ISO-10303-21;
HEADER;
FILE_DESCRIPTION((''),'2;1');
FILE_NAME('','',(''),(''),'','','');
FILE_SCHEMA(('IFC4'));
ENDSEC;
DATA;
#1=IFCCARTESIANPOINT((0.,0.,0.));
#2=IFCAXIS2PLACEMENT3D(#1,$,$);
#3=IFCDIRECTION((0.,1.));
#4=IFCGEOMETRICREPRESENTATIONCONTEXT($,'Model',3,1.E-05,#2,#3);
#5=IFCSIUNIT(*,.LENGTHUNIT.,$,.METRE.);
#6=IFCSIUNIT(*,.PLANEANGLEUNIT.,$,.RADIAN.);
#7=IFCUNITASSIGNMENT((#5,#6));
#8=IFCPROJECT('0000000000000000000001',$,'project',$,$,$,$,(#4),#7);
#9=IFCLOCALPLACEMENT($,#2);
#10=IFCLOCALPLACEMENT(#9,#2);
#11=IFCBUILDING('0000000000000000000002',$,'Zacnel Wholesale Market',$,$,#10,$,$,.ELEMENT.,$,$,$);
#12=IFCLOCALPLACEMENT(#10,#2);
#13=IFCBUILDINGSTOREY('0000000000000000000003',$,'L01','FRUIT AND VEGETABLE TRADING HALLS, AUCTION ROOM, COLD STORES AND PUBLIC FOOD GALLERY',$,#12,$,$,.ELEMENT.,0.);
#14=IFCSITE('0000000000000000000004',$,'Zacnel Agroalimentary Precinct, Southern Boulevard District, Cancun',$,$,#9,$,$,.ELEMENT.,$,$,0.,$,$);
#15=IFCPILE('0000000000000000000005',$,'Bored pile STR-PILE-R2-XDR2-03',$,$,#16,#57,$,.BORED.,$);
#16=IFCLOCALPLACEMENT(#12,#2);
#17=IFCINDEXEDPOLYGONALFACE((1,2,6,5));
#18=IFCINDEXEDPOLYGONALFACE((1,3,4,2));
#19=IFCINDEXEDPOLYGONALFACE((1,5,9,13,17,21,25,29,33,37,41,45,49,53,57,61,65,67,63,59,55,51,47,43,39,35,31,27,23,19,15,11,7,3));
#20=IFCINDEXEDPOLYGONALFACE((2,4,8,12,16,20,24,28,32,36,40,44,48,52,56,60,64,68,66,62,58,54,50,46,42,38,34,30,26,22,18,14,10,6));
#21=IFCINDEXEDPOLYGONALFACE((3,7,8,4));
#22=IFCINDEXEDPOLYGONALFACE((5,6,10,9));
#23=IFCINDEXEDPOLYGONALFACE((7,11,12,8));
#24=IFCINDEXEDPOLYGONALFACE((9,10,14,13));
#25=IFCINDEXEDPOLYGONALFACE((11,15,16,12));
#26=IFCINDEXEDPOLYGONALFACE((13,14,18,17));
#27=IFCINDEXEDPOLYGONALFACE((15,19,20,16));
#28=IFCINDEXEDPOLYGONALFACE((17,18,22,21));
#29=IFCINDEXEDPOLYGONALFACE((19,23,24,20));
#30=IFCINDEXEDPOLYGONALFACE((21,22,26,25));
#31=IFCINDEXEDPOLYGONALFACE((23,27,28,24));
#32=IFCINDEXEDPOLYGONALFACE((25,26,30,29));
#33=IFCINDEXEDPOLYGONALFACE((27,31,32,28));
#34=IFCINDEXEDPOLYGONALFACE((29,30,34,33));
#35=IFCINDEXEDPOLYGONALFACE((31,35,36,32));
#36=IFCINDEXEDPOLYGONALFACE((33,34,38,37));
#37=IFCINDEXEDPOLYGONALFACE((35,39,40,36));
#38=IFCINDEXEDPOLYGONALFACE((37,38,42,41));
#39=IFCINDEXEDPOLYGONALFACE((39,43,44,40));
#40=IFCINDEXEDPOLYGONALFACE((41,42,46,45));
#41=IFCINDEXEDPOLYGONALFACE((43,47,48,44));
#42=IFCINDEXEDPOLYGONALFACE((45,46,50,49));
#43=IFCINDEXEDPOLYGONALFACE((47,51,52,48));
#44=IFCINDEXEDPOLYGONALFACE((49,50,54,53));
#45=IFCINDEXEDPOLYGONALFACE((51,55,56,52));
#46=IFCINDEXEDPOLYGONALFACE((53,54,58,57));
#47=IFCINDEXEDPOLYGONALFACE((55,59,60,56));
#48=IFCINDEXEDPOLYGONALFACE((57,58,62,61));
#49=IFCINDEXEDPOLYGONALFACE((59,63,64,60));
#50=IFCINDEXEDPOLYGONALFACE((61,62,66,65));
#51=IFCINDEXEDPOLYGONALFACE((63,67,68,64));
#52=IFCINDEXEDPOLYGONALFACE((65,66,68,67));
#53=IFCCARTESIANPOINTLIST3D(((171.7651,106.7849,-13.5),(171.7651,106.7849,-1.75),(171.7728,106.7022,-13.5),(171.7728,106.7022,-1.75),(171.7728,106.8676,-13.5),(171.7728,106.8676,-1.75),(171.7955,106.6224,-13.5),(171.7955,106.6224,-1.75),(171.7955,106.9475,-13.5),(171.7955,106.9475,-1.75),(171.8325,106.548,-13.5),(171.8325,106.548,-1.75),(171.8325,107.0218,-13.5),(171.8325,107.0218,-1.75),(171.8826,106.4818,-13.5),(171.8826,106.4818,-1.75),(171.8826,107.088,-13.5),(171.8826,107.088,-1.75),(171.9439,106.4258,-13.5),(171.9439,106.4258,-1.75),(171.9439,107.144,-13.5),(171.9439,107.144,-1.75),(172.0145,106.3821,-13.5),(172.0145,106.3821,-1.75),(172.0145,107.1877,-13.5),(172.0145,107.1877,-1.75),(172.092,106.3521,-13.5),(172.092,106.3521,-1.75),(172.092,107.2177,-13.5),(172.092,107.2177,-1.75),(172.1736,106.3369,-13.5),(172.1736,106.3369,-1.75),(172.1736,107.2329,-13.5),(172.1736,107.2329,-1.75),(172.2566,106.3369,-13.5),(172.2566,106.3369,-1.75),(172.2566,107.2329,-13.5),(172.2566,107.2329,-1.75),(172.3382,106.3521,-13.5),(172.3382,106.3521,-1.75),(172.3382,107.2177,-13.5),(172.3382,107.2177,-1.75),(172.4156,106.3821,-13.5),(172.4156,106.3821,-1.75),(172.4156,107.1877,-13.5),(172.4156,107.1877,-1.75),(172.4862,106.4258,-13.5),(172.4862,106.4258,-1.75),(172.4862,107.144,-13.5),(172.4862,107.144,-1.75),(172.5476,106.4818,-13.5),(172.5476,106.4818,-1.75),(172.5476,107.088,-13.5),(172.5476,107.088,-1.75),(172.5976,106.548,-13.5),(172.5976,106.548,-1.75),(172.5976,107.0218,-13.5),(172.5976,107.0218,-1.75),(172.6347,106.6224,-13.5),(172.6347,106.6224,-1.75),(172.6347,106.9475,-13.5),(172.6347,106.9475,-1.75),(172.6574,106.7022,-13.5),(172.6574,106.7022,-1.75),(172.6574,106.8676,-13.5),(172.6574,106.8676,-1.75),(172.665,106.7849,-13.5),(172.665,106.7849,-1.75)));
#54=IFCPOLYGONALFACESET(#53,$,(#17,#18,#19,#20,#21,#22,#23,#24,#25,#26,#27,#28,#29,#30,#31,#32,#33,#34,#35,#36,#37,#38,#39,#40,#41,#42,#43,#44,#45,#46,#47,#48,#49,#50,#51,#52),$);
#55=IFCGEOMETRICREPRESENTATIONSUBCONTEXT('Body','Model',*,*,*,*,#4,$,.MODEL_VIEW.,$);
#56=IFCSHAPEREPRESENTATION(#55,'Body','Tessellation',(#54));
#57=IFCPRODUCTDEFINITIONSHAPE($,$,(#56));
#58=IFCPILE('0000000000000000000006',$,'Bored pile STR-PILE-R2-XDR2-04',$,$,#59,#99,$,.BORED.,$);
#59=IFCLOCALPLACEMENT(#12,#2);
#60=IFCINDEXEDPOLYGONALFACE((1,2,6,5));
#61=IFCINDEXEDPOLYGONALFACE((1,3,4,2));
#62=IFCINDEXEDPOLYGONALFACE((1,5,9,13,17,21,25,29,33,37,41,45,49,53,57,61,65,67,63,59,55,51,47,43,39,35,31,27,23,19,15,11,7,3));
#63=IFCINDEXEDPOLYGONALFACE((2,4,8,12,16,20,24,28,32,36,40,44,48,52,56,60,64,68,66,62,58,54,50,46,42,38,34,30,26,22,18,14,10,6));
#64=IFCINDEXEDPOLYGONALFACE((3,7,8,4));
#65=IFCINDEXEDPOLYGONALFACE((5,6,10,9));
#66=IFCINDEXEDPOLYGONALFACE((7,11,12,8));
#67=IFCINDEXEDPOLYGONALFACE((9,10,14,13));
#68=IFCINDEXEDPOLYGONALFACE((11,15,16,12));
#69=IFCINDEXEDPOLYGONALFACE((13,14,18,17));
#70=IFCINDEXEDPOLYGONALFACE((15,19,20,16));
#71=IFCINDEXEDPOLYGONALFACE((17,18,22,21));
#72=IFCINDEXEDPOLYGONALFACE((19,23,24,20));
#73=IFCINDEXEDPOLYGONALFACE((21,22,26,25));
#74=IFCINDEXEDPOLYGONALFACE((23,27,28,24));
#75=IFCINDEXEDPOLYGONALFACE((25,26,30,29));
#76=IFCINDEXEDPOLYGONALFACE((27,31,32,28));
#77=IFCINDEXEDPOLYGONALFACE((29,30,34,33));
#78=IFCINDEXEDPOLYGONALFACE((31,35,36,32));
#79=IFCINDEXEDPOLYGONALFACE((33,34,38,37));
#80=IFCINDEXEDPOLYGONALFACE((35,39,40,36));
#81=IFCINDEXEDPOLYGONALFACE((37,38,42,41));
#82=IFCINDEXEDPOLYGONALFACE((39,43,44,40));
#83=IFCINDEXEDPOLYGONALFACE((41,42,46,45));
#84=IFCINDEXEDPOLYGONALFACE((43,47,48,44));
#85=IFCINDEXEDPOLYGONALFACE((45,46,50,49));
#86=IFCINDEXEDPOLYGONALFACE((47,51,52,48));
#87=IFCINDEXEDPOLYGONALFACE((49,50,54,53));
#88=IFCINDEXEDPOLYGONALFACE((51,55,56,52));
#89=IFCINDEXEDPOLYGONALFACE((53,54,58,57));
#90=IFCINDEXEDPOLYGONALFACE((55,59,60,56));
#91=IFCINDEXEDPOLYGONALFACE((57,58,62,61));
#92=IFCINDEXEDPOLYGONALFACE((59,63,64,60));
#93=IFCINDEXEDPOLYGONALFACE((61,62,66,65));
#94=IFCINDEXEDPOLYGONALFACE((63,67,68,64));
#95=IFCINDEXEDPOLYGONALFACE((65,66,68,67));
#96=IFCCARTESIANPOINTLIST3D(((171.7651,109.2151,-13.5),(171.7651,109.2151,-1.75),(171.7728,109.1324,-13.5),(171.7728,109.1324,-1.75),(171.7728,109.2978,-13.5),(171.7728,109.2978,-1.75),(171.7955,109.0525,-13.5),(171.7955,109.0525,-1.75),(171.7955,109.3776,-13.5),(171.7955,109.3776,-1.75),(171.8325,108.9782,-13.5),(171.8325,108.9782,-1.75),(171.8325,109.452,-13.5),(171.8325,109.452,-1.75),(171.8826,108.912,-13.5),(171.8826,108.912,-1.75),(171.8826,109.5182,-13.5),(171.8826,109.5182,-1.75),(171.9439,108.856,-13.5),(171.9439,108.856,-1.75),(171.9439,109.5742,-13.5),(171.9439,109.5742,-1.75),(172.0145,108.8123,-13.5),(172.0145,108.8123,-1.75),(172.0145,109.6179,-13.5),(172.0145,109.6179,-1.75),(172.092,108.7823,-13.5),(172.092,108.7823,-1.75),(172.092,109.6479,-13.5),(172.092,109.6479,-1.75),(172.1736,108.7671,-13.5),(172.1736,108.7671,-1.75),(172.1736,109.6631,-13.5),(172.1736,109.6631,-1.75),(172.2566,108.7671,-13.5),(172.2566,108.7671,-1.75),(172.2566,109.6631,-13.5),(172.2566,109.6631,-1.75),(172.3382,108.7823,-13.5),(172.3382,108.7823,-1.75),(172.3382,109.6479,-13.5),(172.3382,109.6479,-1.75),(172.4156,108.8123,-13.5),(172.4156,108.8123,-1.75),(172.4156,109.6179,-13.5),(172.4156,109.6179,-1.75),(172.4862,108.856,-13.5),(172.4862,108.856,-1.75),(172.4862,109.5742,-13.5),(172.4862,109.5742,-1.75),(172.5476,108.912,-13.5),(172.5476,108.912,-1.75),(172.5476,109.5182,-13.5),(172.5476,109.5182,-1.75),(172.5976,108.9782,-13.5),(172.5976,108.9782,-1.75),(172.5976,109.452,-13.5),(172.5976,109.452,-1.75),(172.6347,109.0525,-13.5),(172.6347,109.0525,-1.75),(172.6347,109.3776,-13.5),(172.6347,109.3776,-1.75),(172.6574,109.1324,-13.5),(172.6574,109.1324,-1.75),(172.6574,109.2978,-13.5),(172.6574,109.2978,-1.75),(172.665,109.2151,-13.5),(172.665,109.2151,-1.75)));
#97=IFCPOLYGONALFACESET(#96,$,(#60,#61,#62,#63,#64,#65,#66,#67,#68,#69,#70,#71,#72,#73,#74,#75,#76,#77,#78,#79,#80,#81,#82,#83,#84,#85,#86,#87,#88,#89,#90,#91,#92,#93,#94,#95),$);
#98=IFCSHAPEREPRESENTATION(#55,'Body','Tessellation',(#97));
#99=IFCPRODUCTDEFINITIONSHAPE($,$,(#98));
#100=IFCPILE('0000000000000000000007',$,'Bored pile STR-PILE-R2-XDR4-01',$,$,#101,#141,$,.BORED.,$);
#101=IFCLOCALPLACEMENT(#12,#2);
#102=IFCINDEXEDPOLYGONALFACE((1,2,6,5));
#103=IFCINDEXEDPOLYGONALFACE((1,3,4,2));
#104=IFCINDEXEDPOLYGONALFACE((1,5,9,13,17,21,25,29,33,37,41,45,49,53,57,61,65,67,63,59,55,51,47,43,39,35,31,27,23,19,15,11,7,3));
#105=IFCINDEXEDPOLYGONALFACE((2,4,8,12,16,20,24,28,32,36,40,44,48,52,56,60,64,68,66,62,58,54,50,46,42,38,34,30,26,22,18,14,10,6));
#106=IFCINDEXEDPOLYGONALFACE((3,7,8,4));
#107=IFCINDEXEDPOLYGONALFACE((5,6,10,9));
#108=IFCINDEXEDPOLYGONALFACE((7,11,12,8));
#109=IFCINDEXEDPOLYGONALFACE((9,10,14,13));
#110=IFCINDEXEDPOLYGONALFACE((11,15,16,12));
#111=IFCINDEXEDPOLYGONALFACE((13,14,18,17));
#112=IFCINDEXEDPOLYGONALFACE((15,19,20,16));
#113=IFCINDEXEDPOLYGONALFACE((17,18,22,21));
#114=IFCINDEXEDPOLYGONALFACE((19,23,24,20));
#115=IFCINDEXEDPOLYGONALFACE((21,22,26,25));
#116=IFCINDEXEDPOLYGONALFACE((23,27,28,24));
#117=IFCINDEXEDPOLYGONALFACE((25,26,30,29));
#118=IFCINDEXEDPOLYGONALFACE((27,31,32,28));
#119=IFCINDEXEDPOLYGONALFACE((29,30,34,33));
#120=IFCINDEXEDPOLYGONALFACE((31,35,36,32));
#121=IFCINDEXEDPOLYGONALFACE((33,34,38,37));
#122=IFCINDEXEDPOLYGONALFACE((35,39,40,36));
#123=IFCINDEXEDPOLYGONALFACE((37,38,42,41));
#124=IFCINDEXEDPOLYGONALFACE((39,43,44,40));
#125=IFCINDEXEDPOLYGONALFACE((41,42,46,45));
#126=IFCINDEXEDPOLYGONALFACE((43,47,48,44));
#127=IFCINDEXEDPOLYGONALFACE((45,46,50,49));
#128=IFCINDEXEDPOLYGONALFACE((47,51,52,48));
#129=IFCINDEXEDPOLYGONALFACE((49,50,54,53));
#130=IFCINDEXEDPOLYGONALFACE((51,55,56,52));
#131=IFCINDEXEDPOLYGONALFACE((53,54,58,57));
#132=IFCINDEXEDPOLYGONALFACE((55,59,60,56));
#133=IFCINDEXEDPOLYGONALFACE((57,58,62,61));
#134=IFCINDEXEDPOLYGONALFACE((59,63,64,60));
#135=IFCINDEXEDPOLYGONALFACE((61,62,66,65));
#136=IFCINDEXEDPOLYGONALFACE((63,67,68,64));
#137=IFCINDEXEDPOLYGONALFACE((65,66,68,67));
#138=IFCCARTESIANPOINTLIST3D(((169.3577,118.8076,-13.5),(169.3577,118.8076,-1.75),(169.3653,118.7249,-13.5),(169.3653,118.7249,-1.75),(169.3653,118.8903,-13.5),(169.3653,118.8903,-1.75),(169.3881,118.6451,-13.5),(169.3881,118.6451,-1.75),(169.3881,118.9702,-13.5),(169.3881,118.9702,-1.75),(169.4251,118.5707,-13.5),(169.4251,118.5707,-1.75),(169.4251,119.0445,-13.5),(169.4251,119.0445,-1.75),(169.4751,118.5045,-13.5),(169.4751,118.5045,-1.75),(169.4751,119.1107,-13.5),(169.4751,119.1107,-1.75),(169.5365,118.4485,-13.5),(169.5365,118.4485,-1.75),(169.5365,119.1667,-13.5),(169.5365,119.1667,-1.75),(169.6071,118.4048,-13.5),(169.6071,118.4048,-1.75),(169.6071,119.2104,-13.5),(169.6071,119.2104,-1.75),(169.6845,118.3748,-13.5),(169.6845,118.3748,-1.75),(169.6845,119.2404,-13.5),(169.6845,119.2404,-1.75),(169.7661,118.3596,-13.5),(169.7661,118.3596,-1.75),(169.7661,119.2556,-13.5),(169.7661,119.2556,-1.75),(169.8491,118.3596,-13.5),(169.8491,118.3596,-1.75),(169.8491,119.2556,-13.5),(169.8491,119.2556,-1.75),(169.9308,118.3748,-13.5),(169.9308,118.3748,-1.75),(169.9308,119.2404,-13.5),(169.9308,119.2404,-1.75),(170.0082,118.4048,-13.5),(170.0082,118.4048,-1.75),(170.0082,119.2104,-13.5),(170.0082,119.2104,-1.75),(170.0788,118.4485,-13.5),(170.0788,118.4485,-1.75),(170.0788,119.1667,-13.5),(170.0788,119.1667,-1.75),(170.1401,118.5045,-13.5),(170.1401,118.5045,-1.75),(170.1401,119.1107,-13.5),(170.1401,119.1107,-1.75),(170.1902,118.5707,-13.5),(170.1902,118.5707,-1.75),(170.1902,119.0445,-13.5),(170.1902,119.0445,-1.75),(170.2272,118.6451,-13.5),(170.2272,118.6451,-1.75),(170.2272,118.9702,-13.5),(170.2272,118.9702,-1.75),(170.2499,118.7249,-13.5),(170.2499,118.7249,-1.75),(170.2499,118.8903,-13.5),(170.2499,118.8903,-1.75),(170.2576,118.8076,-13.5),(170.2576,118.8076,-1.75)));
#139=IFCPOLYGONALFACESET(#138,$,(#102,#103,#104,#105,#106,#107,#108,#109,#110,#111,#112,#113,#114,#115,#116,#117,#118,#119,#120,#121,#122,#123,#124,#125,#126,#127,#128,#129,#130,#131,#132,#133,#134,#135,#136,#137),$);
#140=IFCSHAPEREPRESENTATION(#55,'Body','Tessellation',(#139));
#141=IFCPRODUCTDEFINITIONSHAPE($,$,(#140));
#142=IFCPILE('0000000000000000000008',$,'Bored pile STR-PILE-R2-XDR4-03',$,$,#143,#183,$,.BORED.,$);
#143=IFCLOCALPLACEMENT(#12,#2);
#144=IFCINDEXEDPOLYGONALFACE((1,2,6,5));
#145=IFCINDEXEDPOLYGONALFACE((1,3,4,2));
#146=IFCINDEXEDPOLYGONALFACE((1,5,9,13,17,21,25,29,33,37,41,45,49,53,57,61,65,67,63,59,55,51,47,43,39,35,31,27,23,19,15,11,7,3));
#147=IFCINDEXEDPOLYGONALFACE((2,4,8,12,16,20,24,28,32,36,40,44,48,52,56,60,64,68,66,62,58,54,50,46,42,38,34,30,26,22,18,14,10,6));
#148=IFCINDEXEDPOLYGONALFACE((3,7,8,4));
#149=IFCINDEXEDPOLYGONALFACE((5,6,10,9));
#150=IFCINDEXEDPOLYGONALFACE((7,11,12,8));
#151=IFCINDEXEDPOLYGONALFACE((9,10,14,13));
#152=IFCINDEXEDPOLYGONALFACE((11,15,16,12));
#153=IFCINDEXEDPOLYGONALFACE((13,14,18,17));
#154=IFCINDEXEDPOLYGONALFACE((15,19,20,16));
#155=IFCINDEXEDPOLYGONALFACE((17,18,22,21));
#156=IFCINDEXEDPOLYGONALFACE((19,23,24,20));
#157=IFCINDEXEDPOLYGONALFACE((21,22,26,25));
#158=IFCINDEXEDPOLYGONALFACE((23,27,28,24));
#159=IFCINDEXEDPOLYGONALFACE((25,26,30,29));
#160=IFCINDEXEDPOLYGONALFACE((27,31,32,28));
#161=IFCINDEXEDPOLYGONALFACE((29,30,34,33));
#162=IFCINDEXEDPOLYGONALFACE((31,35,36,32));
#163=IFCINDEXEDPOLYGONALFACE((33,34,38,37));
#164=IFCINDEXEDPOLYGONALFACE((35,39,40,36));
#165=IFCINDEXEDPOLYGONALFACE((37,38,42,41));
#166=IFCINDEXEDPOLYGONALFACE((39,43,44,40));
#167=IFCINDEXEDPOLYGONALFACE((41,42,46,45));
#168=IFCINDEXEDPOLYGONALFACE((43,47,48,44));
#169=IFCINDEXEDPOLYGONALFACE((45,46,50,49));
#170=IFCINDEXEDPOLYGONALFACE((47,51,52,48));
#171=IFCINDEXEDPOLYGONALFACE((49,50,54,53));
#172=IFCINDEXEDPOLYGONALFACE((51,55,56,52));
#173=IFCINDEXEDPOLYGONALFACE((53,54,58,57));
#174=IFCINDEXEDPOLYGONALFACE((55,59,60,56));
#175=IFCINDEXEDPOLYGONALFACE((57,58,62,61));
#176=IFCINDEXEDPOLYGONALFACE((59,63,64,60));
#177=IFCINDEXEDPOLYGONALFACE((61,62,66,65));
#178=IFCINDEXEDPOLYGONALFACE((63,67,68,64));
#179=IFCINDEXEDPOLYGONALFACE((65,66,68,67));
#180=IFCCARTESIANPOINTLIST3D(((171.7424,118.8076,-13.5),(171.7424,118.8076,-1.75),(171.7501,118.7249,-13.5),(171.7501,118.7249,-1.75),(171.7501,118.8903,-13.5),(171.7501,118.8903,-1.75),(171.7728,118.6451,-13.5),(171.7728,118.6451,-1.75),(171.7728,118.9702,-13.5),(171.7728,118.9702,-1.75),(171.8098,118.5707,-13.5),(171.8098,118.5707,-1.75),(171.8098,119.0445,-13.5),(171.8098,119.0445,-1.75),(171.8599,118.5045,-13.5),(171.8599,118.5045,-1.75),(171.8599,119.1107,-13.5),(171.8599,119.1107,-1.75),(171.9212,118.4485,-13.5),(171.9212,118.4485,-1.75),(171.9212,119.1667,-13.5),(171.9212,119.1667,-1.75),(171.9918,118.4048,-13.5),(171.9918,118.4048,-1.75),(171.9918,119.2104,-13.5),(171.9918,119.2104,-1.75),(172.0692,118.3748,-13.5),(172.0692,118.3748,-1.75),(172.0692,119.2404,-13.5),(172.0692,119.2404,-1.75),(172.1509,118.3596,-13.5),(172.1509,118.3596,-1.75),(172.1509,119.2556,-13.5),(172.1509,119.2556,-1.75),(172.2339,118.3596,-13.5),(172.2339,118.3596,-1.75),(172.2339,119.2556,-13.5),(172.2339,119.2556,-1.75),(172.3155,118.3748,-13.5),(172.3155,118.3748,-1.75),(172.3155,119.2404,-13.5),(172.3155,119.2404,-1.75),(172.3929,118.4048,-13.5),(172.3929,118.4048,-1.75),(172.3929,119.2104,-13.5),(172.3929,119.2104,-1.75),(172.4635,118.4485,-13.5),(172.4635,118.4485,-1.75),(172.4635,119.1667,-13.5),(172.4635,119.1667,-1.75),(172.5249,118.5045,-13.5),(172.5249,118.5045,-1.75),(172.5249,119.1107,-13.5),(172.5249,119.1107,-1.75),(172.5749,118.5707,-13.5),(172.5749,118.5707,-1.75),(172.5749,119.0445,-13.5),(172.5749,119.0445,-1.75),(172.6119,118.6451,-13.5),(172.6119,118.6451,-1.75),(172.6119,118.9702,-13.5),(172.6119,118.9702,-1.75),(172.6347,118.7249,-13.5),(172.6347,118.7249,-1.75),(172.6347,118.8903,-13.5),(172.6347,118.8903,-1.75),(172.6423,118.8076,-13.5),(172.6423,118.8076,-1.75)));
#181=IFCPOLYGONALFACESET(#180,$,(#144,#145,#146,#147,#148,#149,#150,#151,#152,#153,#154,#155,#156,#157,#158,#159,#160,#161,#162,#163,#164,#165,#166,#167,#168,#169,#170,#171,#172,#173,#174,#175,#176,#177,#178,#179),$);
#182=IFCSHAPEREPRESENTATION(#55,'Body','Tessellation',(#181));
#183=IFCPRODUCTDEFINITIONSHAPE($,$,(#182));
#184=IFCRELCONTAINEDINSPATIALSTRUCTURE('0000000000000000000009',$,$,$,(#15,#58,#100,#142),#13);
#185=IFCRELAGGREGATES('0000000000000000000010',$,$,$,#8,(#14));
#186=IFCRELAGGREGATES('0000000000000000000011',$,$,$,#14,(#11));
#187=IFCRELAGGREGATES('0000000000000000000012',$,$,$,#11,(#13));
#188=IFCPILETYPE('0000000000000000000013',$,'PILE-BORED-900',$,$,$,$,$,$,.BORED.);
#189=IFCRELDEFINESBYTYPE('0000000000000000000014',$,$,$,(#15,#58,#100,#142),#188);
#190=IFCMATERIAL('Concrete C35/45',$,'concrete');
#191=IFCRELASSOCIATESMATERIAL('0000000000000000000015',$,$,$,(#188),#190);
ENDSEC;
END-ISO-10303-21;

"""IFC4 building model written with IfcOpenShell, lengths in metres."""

from ifc_helpers import new_model, si_unit, direction, frame, origin, origin_2d, place, context, subcontext, project, spatial, circle, extrude, material, material_profile, profile_set, type_object, element, save


model = new_model("IFC4")

# Units and contexts
model_context = context("Model", 3, precision=1e-05, world=origin(), true_north=direction((0.0, 1.0)))
body_context = subcontext(model_context, "Body", "Model", "MODEL_VIEW")
ifc_project = project(units=[si_unit("LENGTHUNIT", "METRE"), si_unit("PLANEANGLEUNIT", "RADIAN")], contexts=[model_context])

# Site, building, storey
site_placement = place(None, origin())
site = spatial("IfcSite", under=ifc_project, at=site_placement, Name="Zacnel Agroalimentary Precinct, Southern Boulevard District, Cancun", CompositionType="ELEMENT", RefElevation=0.0)
building_placement = place(site_placement, origin())
building = spatial("IfcBuilding", under=site, at=building_placement, Name="Zacnel Wholesale Market", CompositionType="ELEMENT")
storey_placement = place(building_placement, origin())
storey = spatial("IfcBuildingStorey", under=building, at=storey_placement, Name="L01", Description="FRUIT AND VEGETABLE TRADING HALLS, AUCTION ROOM, COLD STORES AND PUBLIC FOOD GALLERY", CompositionType="ELEMENT", Elevation=0.0)

# Piles
ifc_material_1 = material(Name="Concrete C35/45", Category="concrete")
ifc_material_profile_1 = material_profile(ifc_material_1, circle(Radius=0.45, at=origin_2d()), Name="BORED PILE D900")
ifc_profile_set_1 = profile_set([ifc_material_profile_1], Name="Concrete C35/45")
pile_type_1 = type_object("IfcPileType", Name="PILE-BORED-900", PredefinedType="BORED", material=ifc_profile_set_1)
for number, where, z_axis, x_axis, name in (
    (1, (172.2151, 106.7849, -1.75), (0.0, 0.0, -1.0), (1.0, 0.0, 0.0), "Bored pile STR-PILE-R2-XDR2-03"),
    (2, (172.2151, 109.2151, -1.75), (0.0, 0.0, -1.0), (1.0, 0.0, 0.0), "Bored pile STR-PILE-R2-XDR2-04"),
    (3, (169.8076, 118.8076, -1.75), (0.0, 0.0, -1.0), (1.0, 0.0, 0.0), "Bored pile STR-PILE-R2-XDR4-01"),
    (4, (172.1924, 118.8076, -1.75), (0.0, 0.0, -1.0), (1.0, 0.0, 0.0), "Bored pile STR-PILE-R2-XDR4-03"),
):
    element("IfcPile", number, at=place(storey_placement, frame(where, z_axis=z_axis, x_axis=x_axis)), inside=storey, type_object=pile_type_1, Name=name, PredefinedType="BORED", context=body_context, shape_type="SweptSolid", body=[
        extrude(circle(Radius=0.45, at=origin_2d()), origin(), (0.0, 0.0, 1.0), 11.75),
    ])

save(model, "model.ifc")
